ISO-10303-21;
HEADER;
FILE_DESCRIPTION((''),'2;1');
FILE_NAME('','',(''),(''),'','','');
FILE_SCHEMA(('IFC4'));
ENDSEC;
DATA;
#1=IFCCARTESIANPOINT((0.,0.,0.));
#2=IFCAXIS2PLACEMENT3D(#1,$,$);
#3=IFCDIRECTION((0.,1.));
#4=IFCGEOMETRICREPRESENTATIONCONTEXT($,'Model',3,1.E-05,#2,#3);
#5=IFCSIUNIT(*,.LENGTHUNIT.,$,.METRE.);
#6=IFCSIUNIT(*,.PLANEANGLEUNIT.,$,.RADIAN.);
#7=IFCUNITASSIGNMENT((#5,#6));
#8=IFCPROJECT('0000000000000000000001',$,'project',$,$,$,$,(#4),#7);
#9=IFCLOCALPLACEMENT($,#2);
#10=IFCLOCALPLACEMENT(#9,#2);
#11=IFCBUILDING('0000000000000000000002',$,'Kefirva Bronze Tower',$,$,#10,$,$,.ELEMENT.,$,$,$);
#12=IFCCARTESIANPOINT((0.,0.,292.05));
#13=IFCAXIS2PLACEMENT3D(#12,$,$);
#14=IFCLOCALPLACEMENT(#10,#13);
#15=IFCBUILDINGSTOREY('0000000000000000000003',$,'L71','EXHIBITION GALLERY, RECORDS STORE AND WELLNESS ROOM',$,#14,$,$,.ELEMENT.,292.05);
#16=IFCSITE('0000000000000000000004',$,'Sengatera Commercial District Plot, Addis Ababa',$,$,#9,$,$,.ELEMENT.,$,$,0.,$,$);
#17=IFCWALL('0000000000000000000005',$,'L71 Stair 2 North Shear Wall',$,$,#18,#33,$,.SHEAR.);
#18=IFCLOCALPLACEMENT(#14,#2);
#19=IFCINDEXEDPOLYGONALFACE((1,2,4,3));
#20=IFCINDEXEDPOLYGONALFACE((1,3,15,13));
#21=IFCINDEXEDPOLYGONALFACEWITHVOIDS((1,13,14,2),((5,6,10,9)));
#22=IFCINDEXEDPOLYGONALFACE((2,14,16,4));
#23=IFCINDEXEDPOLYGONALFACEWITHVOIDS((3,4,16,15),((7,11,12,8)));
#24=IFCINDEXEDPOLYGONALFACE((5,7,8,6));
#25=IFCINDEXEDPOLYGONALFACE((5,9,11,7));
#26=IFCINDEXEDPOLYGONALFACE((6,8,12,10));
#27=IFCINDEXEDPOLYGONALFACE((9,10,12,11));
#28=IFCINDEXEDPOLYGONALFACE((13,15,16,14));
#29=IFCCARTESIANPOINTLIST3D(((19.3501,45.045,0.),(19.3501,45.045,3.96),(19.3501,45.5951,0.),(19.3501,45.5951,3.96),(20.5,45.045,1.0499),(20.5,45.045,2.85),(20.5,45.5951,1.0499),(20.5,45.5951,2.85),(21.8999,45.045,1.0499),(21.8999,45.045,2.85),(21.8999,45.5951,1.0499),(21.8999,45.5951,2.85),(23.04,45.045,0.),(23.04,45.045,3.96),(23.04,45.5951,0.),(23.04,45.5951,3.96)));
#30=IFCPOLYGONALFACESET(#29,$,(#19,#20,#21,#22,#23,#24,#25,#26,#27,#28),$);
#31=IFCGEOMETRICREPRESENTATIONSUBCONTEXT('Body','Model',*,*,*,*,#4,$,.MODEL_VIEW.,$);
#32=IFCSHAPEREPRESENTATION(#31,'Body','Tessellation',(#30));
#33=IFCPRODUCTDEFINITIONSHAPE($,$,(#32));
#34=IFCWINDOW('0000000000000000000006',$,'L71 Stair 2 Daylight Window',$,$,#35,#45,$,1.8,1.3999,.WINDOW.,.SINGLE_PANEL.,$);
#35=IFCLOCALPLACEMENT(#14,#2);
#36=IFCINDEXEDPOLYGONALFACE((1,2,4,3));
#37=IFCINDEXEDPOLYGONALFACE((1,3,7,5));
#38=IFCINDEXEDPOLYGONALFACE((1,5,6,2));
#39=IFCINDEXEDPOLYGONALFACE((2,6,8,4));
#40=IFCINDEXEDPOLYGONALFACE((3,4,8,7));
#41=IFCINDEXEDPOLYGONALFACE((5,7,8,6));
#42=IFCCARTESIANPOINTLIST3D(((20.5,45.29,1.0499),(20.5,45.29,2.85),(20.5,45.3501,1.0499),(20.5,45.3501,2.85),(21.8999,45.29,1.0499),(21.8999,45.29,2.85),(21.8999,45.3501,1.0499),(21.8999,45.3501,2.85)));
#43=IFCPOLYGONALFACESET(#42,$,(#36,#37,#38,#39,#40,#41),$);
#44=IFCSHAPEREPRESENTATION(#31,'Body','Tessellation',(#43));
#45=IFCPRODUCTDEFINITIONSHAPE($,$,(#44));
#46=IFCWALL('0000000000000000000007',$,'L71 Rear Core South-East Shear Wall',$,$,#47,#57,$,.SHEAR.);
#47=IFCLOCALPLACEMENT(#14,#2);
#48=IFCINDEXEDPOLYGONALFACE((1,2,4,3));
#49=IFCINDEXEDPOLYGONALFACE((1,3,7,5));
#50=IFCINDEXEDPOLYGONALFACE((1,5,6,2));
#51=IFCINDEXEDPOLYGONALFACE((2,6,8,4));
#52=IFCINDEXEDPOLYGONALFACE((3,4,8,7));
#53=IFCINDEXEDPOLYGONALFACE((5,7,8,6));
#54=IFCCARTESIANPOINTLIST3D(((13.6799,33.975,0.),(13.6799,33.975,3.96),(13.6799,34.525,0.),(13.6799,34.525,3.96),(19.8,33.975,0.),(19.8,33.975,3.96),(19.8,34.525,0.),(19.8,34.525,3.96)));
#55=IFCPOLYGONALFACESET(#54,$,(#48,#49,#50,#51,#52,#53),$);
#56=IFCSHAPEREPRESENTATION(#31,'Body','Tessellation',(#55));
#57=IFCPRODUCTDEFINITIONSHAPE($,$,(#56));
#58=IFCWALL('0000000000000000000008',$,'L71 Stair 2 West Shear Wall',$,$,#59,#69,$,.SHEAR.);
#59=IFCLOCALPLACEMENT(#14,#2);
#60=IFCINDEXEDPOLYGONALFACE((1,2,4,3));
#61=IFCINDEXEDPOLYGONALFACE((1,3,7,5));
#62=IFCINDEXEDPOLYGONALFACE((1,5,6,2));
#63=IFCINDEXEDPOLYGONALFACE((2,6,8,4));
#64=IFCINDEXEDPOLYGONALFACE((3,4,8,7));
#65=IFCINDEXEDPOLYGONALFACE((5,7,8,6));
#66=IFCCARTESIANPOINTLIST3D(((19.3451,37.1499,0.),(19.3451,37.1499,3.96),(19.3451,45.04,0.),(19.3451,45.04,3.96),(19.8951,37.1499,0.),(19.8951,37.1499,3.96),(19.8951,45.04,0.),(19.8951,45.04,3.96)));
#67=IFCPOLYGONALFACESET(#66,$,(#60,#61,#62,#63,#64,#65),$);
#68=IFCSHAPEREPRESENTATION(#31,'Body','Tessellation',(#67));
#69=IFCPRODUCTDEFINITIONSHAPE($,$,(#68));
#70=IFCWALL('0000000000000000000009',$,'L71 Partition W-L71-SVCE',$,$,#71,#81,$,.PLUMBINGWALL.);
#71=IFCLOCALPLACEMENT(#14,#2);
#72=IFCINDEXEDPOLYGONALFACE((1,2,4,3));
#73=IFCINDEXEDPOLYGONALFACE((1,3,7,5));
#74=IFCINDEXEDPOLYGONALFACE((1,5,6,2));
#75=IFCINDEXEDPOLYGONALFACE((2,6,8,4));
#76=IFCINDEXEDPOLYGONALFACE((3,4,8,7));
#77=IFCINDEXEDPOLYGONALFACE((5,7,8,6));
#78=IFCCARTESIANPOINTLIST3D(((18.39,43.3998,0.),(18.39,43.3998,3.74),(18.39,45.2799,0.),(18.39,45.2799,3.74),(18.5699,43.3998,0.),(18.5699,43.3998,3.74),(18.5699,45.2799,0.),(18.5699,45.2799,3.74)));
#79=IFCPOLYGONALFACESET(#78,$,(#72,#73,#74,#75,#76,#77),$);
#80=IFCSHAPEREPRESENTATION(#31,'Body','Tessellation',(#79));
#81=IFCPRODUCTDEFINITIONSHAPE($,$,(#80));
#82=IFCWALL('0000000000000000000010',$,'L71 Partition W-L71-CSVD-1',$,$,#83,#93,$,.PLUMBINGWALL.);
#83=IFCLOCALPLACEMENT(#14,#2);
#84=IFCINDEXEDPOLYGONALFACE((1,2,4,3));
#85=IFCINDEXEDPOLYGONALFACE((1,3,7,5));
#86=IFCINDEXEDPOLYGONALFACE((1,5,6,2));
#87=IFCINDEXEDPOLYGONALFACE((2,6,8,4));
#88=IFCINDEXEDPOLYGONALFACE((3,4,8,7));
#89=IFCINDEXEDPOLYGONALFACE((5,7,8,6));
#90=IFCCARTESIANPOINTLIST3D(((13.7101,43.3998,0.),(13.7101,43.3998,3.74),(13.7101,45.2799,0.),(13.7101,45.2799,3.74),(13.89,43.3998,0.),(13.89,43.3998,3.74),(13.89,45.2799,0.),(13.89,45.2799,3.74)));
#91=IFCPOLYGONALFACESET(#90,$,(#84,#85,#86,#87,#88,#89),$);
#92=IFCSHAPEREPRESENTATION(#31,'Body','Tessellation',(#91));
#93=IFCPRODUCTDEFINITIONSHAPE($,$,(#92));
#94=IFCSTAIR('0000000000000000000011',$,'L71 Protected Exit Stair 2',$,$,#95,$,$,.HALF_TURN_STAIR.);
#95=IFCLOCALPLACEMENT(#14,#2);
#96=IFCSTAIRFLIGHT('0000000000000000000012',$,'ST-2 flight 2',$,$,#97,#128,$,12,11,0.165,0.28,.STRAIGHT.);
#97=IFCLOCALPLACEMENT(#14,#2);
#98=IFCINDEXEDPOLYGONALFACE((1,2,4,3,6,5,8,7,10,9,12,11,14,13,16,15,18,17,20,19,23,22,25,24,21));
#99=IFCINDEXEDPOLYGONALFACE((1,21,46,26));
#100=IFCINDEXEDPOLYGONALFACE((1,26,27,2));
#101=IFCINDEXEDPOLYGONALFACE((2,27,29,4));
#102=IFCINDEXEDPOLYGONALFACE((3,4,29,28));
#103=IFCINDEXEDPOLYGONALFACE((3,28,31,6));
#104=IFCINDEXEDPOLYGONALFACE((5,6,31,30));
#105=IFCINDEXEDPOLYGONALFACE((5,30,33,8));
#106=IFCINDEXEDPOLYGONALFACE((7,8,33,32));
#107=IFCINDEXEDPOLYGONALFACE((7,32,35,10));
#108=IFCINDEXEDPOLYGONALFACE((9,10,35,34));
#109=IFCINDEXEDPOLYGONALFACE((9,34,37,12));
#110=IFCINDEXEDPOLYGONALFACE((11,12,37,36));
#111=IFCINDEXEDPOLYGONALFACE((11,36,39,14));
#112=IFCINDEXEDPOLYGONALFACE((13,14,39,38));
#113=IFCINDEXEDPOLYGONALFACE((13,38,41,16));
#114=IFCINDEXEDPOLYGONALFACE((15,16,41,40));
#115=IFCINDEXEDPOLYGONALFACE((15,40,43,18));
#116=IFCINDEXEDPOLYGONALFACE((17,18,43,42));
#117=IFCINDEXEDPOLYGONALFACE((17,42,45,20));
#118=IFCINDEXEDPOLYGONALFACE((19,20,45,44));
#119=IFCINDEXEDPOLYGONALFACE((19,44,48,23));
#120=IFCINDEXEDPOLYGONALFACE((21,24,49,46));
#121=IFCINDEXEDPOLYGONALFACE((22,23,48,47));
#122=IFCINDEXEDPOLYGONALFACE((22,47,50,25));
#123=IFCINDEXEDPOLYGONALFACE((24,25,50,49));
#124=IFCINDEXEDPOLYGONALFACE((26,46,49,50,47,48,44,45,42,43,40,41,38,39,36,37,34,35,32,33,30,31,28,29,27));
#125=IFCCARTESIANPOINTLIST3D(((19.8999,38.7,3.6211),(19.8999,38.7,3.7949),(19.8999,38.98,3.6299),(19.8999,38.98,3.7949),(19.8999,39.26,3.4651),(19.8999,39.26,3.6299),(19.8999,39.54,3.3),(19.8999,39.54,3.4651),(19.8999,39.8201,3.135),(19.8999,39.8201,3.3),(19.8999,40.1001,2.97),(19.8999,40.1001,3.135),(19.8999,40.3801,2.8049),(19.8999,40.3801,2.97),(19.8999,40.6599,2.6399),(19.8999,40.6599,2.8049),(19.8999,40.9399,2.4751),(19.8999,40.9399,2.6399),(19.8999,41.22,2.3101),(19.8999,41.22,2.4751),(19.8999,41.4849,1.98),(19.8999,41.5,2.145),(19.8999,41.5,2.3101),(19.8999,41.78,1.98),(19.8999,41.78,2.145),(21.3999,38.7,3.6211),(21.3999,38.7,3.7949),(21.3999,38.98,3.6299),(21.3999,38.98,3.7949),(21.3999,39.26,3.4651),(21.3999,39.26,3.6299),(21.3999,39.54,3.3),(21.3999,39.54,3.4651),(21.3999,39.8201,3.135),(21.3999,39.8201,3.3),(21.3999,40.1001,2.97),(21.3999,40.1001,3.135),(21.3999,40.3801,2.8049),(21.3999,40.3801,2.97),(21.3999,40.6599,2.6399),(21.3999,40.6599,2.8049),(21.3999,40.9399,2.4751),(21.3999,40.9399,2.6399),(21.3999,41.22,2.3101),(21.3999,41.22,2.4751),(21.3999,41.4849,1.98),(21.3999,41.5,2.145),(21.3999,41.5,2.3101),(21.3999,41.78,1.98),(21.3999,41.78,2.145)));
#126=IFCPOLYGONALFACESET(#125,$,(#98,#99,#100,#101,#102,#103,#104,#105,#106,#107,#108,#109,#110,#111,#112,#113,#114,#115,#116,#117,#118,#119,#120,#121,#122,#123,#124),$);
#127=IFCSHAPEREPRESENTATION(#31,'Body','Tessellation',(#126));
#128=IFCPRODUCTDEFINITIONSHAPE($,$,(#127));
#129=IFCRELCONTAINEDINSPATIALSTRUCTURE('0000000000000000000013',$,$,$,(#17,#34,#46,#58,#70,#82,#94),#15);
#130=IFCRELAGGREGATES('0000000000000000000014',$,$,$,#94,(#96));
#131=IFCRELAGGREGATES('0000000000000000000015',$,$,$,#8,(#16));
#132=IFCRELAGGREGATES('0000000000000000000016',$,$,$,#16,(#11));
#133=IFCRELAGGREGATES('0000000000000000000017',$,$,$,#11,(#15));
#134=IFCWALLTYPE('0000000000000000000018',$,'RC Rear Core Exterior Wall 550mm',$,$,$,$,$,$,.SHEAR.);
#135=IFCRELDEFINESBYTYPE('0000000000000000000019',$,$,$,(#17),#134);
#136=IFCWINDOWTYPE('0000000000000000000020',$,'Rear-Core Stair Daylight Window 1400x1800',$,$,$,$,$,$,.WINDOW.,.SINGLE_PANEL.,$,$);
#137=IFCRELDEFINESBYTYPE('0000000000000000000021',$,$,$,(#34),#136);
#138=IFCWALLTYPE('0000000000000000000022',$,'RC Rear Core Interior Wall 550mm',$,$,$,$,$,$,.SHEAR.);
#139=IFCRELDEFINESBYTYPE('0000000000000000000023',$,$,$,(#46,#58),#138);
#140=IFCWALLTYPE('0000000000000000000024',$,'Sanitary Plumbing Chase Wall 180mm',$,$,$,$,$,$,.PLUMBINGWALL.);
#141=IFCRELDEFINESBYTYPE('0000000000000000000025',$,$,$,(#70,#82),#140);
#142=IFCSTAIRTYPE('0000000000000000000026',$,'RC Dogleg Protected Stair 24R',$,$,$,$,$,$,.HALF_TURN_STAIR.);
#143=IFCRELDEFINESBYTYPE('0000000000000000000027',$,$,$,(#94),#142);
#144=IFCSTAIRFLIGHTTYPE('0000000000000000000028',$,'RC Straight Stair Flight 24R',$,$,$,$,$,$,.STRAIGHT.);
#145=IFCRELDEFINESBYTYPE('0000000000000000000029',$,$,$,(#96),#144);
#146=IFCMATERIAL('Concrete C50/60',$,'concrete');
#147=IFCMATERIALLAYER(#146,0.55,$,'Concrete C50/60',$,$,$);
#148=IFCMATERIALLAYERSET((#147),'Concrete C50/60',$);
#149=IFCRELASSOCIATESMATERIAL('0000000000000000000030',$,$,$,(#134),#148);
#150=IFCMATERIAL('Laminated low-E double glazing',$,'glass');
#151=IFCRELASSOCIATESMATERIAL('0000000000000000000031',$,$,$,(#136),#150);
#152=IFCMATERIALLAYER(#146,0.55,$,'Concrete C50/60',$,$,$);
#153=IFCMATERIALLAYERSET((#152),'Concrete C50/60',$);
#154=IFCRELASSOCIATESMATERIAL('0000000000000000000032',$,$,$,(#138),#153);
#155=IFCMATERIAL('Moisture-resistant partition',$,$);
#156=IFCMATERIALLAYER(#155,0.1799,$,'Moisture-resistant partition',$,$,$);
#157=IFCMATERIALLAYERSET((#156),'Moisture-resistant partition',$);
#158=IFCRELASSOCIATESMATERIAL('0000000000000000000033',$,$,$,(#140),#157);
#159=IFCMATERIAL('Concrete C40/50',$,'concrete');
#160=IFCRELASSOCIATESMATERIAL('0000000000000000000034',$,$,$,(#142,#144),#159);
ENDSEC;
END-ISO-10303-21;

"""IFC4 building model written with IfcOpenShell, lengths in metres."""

from ifc_helpers import new_model, si_unit, direction, frame, frame_2d, origin, place, context, subcontext, project, spatial, polyline, rectangle, outline, extrude, material, layer, layer_set, type_object, element, fill, aggregate, save


model = new_model("IFC4")

# Units and contexts
model_context = context("Model", 3, precision=1e-05, world=origin(), true_north=direction((0.0, 1.0)))
body_context = subcontext(model_context, "Body", "Model", "MODEL_VIEW")
ifc_project = project(units=[si_unit("LENGTHUNIT", "METRE"), si_unit("PLANEANGLEUNIT", "RADIAN")], contexts=[model_context])

# Site, building, storey
site_placement = place(None, origin())
site = spatial("IfcSite", under=ifc_project, at=site_placement, Name="Sengatera Commercial District Plot, Addis Ababa", CompositionType="ELEMENT", RefElevation=0.0)
building_placement = place(site_placement, origin())
building = spatial("IfcBuilding", under=site, at=building_placement, Name="Kefirva Bronze Tower", CompositionType="ELEMENT")
storey_placement = place(building_placement, frame((0.0, 0.0, 292.05)))
storey = spatial("IfcBuildingStorey", under=building, at=storey_placement, Name="L71", Description="EXHIBITION GALLERY, RECORDS STORE AND WELLNESS ROOM", CompositionType="ELEMENT", Elevation=292.05)

# Shared definitions
ifc_material_1 = material(Name="Concrete C50/60", Category="concrete")

# Wall, opening, window
ifc_layer_1 = layer(ifc_material_1, 0.55, Name="Concrete C50/60")
ifc_layer_set_1 = layer_set([ifc_layer_1], Name="Concrete C50/60")
wall_type_1 = type_object("IfcWallType", Name="RC Rear Core Exterior Wall 550mm", PredefinedType="SHEAR", material=ifc_layer_set_1)
wall_1_placement = place(storey_placement, frame((19.3501, 45.3201, 0.0), z_axis=(0.0, 0.0, 1.0), x_axis=(1.0, 0.0, 0.0)))
wall_1 = element("IfcWall", 1, at=wall_1_placement, inside=storey, type_object=wall_type_1, Name="L71 Stair 2 North Shear Wall", PredefinedType="SHEAR", context=body_context, shape_type="SweptSolid", body=[
    extrude(rectangle(XDim=3.6899, YDim=0.55, at=frame_2d((1.845, 0.0))), origin(), (0.0, 0.0, 1.0), 3.96),
])
opening_1_placement = place(wall_1_placement, frame((1.1499, 0.0, 1.05)))
opening_1 = element("IfcOpeningElement", 2, at=opening_1_placement, cuts=wall_1, PredefinedType="OPENING", context=body_context, shape_type="SweptSolid", body=[
    extrude(rectangle(XDim=1.3999, YDim=1.8, at=frame_2d((0.7, 0.8999))), frame((0.0, 0.2852, 0.0), z_axis=(0.0, -1.0, 0.0), x_axis=(1.0, 0.0, 0.0)), (0.0, 0.0, 1.0), 0.5701),
])
ifc_material_2 = material(Name="Laminated low-E double glazing", Category="glass")
window_type = type_object("IfcWindowType", Name="Rear-Core Stair Daylight Window 1400x1800", PartitioningType="SINGLE_PANEL", PredefinedType="WINDOW", material=ifc_material_2)
window_placement = place(opening_1_placement, origin())
window = element("IfcWindow", 3, at=window_placement, inside=storey, type_object=window_type, Name="L71 Stair 2 Daylight Window", OverallHeight=1.8, OverallWidth=1.3999, PartitioningType="SINGLE_PANEL", PredefinedType="WINDOW", context=body_context, shape_type="SweptSolid", body=[
    extrude(rectangle(XDim=1.3999, YDim=1.8, at=frame_2d((0.7, 0.8999))), frame((0.0, 0.03, 0.0), z_axis=(0.0, -1.0, 0.0), x_axis=(1.0, 0.0, 0.0)), (0.0, 0.0, 1.0), 0.0601),
])
fill(opening_1, window)

# Walls
ifc_layer_2 = layer(ifc_material_1, 0.55, Name="Concrete C50/60")
ifc_layer_set_2 = layer_set([ifc_layer_2], Name="Concrete C50/60")
wall_type_2 = type_object("IfcWallType", Name="RC Rear Core Interior Wall 550mm", PredefinedType="SHEAR", material=ifc_layer_set_2)
wall_2_placement = place(storey_placement, frame((13.6799, 34.25, 0.0), z_axis=(0.0, 0.0, 1.0), x_axis=(1.0, 0.0, 0.0)))
element("IfcWall", 4, at=wall_2_placement, inside=storey, type_object=wall_type_2, Name="L71 Rear Core South-East Shear Wall", PredefinedType="SHEAR", context=body_context, shape_type="SweptSolid", body=[
    extrude(rectangle(XDim=6.1201, YDim=0.55, at=frame_2d((3.0601, 0.0))), origin(), (0.0, 0.0, 1.0), 3.96),
])
wall_3_placement = place(storey_placement, frame((19.6201, 37.1499, 0.0), z_axis=(0.0, 0.0, 1.0), x_axis=(0.0, 1.0, 0.0)))
element("IfcWall", 5, at=wall_3_placement, inside=storey, type_object=wall_type_2, Name="L71 Stair 2 West Shear Wall", PredefinedType="SHEAR", context=body_context, shape_type="SweptSolid", body=[
    extrude(rectangle(XDim=7.8901, YDim=0.55, at=frame_2d((3.9451, 0.0))), origin(), (0.0, 0.0, 1.0), 3.96),
])
ifc_material_3 = material(Name="Moisture-resistant partition")
ifc_layer_3 = layer(ifc_material_3, 0.1799, Name="Moisture-resistant partition")
ifc_layer_set_3 = layer_set([ifc_layer_3], Name="Moisture-resistant partition")
wall_type_3 = type_object("IfcWallType", Name="Sanitary Plumbing Chase Wall 180mm", PredefinedType="PLUMBINGWALL", material=ifc_layer_set_3)
for number, where, z_axis, x_axis, name in (
    (6, (18.48, 43.3999, 0.0), (0.0, 0.0, 1.0), (0.0, 1.0, 0.0), "L71 Partition W-L71-SVCE"),
    (7, (13.8, 43.3999, 0.0), (0.0, 0.0, 1.0), (0.0, 1.0, 0.0), "L71 Partition W-L71-CSVD-1"),
):
    element("IfcWall", number, at=place(storey_placement, frame(where, z_axis=z_axis, x_axis=x_axis)), inside=storey, type_object=wall_type_3, Name=name, PredefinedType="PLUMBINGWALL", context=body_context, shape_type="SweptSolid", body=[
        extrude(rectangle(XDim=1.8801, YDim=0.1799, at=frame_2d((0.9399, 0.0))), origin(), (0.0, 0.0, 1.0), 3.74),
    ])

# Stair, stair flight
ifc_material_4 = material(Name="Concrete C40/50", Category="concrete")
stair_type = type_object("IfcStairType", Name="RC Dogleg Protected Stair 24R", PredefinedType="HALF_TURN_STAIR", material=ifc_material_4)
stair_placement = place(storey_placement, origin())
stair = element("IfcStair", 8, at=stair_placement, inside=storey, type_object=stair_type, Name="L71 Protected Exit Stair 2", PredefinedType="HALF_TURN_STAIR")
stair_flight_type = type_object("IfcStairFlightType", Name="RC Straight Stair Flight 24R", PredefinedType="STRAIGHT", material=ifc_material_4)
stair_flight_placement = place(storey_placement, frame((20.6499, 41.78, 1.98), z_axis=(0.0, 0.0, 1.0), x_axis=(0.0, -1.0, 0.0)))
stair_flight = element("IfcStairFlight", 9, at=stair_flight_placement, type_object=stair_flight_type, Name="ST-2 flight 2", NumberOfRisers=12, NumberOfTreads=11, PredefinedType="STRAIGHT", RiserHeight=0.165, TreadLength=0.28, context=body_context, shape_type="SweptSolid", body=[
    extrude(outline(polyline([(0.0, 0.0), (0.0, 0.165), (0.28, 0.165), (0.28, 0.3301), (0.5601, 0.3301), (0.5601, 0.4951), (0.8401, 0.4951), (0.8401, 0.6599), (1.1201, 0.6599), (1.1201, 0.825), (1.3999, 0.825), (1.3999, 0.99), (1.6799, 0.99), (1.6799, 1.155), (1.96, 1.155), (1.96, 1.3201), (2.24, 1.3201), (2.24, 1.4851), (2.52, 1.4851), (2.52, 1.6499), (2.8, 1.6499), (2.8, 1.8149), (3.0801, 1.8149), (3.0801, 1.98), (3.0801, 1.6411), (0.2952, 0.0), (0.0, 0.0)])), frame((0.0, 0.75, 0.0), z_axis=(0.0, -1.0, 0.0), x_axis=(1.0, 0.0, 0.0)), (0.0, 0.0, 1.0), 1.5),
])
aggregate(stair, [stair_flight])

save(model, "model.ifc")
